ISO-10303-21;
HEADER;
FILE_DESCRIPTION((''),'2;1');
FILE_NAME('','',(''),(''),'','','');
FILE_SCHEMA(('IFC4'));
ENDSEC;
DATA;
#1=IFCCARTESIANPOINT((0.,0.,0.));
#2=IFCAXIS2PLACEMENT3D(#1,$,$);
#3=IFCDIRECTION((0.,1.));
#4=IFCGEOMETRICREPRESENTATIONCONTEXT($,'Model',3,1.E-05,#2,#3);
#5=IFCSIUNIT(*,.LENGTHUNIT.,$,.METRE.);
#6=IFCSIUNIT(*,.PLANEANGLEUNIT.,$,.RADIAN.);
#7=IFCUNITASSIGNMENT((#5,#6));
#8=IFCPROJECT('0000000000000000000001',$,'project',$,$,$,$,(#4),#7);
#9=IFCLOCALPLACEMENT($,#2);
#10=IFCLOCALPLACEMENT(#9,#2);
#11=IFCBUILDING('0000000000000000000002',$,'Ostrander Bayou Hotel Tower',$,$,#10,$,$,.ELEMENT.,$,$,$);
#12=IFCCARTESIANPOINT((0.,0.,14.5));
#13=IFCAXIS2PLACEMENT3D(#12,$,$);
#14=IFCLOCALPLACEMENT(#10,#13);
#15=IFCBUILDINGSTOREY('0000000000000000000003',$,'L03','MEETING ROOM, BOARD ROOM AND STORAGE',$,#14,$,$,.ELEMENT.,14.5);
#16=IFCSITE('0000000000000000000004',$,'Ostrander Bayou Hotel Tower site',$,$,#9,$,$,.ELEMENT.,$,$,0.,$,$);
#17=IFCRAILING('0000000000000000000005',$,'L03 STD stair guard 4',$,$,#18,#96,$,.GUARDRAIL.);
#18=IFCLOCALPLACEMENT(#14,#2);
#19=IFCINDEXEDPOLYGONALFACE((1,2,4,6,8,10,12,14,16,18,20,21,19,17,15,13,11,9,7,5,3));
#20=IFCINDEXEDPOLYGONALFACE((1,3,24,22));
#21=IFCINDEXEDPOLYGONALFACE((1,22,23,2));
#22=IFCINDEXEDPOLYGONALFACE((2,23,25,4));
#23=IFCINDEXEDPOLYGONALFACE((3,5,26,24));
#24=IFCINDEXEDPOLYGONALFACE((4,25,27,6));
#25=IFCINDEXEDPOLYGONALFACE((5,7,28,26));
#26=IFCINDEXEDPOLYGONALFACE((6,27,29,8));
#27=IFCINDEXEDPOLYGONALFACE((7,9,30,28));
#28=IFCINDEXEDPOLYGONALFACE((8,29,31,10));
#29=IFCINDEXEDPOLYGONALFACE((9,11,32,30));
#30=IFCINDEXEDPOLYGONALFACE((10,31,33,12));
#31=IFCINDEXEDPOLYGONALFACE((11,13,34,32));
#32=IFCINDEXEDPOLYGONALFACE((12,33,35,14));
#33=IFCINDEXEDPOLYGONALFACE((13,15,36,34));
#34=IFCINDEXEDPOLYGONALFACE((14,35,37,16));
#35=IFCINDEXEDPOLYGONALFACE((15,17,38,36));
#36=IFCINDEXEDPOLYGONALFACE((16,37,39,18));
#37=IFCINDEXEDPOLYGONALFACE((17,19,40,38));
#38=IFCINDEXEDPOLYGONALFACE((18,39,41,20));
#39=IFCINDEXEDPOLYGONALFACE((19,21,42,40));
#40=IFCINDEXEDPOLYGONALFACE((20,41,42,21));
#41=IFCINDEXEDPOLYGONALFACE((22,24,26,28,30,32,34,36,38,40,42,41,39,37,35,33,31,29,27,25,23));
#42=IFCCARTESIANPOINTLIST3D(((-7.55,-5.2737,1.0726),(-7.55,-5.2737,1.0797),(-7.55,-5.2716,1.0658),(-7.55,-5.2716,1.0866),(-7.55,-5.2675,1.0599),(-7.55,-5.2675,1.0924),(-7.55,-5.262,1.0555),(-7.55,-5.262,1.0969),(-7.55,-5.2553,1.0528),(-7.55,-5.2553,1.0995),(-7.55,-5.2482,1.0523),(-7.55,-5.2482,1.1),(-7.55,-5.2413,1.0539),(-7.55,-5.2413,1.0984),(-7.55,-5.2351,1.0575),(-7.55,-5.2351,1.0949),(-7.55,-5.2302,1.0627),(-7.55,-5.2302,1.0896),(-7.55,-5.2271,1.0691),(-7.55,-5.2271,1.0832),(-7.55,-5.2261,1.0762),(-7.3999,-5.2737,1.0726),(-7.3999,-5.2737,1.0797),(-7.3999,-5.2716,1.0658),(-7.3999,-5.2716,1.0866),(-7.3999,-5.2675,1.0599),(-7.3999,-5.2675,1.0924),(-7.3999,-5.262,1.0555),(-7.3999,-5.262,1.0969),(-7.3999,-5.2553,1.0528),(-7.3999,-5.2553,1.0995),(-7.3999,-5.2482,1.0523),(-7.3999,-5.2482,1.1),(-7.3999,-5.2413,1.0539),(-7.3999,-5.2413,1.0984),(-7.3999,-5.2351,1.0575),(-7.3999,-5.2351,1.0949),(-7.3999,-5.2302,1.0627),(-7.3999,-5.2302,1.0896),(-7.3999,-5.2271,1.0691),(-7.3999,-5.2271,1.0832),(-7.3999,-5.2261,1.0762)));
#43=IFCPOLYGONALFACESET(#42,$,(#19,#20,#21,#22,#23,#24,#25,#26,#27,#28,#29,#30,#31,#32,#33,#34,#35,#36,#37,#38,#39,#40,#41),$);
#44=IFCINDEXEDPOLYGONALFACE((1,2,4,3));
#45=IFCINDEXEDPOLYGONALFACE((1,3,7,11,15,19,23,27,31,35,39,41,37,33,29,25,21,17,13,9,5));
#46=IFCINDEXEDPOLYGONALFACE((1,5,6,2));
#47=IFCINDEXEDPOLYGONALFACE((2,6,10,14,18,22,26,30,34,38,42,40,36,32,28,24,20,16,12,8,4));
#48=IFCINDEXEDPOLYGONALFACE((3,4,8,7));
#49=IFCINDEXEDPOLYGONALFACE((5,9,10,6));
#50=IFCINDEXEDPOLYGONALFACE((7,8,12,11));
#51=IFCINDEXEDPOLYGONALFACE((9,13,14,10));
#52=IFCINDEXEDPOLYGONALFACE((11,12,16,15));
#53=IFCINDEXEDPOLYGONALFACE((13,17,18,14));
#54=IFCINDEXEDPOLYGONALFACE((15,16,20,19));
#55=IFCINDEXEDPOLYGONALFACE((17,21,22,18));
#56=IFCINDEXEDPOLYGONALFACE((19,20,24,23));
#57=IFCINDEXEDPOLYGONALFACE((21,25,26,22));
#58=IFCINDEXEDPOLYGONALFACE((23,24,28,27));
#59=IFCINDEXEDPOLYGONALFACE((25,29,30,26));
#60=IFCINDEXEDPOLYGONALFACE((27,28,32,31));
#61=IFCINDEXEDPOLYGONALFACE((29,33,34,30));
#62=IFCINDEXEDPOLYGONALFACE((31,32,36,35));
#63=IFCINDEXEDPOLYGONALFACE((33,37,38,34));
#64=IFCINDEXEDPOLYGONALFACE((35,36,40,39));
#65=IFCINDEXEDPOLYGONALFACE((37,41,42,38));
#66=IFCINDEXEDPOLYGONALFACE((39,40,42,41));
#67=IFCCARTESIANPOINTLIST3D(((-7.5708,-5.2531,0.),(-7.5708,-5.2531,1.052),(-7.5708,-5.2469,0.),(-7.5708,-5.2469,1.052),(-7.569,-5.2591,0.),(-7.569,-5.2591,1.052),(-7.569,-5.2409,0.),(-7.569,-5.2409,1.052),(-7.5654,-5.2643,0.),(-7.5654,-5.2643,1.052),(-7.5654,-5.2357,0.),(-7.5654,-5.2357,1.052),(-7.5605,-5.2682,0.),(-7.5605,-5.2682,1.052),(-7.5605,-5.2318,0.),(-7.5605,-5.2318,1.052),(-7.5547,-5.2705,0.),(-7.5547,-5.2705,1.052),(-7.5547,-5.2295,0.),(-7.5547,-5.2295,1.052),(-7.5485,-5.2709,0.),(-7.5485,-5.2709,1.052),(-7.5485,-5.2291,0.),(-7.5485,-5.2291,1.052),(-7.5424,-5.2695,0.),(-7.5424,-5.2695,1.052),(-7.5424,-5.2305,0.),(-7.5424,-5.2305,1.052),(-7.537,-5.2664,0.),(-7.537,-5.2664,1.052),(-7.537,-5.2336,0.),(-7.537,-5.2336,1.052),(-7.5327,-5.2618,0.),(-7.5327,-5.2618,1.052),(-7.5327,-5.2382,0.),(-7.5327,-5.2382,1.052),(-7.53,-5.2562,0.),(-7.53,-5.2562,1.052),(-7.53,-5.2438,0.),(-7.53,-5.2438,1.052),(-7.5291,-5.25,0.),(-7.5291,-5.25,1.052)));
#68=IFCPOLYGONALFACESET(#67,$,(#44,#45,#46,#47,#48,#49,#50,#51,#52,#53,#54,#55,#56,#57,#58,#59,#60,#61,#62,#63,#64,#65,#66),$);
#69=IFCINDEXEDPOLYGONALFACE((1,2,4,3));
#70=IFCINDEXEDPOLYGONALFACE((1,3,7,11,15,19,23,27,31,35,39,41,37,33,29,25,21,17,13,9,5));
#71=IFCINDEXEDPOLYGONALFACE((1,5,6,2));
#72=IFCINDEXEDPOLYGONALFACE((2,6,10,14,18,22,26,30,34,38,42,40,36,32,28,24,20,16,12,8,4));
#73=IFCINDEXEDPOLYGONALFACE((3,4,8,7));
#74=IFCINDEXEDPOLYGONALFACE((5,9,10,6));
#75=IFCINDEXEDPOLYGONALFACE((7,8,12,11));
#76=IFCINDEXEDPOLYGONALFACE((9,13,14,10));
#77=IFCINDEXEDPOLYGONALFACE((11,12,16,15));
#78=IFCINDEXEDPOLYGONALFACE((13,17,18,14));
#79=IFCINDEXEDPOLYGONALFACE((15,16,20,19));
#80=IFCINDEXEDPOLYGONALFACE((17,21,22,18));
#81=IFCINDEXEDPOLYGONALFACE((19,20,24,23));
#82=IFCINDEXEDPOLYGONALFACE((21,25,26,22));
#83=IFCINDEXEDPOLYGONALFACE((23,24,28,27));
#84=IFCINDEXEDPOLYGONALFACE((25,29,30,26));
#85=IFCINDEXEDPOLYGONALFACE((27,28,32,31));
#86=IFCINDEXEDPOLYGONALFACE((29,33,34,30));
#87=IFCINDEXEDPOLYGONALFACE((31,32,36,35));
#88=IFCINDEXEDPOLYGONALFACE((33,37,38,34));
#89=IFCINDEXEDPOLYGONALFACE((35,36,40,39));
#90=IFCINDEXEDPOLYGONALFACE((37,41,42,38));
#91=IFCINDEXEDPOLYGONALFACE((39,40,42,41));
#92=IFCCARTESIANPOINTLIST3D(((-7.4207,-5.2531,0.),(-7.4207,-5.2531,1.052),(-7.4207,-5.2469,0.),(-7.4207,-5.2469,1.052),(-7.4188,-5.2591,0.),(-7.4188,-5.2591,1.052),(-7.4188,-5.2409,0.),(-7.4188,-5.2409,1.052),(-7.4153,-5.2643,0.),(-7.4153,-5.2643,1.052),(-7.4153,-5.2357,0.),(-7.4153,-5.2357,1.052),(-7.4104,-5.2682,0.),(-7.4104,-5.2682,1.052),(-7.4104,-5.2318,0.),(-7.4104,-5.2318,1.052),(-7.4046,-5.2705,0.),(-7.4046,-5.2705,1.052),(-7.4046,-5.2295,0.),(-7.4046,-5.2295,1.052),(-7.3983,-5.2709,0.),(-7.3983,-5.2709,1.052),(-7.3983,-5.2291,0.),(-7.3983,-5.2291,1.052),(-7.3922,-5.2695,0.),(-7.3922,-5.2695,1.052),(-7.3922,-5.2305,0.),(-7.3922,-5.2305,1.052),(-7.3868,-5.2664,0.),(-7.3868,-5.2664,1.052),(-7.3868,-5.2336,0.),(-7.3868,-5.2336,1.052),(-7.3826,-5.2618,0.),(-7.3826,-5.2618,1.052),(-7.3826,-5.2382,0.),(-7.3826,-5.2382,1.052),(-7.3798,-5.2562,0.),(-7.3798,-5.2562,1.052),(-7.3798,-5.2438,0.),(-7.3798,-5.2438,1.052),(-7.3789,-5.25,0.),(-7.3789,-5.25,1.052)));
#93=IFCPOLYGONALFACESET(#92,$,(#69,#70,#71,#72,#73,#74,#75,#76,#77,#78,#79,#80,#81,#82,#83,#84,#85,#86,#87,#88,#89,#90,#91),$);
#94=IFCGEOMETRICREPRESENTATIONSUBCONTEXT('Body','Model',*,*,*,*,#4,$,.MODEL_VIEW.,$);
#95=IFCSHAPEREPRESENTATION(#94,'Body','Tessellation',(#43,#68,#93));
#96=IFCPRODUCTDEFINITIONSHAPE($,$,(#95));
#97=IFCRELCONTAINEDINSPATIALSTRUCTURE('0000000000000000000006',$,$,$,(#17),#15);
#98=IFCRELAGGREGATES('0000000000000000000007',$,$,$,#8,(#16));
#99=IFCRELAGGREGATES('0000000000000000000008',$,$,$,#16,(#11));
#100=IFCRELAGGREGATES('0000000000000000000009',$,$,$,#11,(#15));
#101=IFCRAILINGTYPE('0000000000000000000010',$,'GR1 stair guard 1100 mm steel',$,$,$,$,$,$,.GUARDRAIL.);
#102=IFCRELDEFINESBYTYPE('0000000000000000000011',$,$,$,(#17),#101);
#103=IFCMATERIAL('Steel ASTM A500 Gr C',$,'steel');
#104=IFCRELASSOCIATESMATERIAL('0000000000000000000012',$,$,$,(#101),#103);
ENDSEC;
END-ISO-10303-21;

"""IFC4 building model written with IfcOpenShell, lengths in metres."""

from ifc_helpers import new_model, si_unit, direction, frame, origin, origin_2d, place, context, subcontext, project, spatial, circle, extrude, material, type_object, element, save


model = new_model("IFC4")

# Units and contexts
model_context = context("Model", 3, precision=1e-05, world=origin(), true_north=direction((0.0, 1.0)))
body_context = subcontext(model_context, "Body", "Model", "MODEL_VIEW")
ifc_project = project(units=[si_unit("LENGTHUNIT", "METRE"), si_unit("PLANEANGLEUNIT", "RADIAN")], contexts=[model_context])

# Site, building, storey
site_placement = place(None, origin())
site = spatial("IfcSite", under=ifc_project, at=site_placement, Name="Ostrander Bayou Hotel Tower site", CompositionType="ELEMENT", RefElevation=0.0)
building_placement = place(site_placement, origin())
building = spatial("IfcBuilding", under=site, at=building_placement, Name="Ostrander Bayou Hotel Tower", CompositionType="ELEMENT")
storey_placement = place(building_placement, frame((0.0, 0.0, 14.5)))
storey = spatial("IfcBuildingStorey", under=building, at=storey_placement, Name="L03", Description="MEETING ROOM, BOARD ROOM AND STORAGE", CompositionType="ELEMENT", Elevation=14.5)

# Railing
ifc_material_1 = material(Name="Steel ASTM A500 Gr C", Category="steel")
railing_type = type_object("IfcRailingType", Name="GR1 stair guard 1100 mm steel", PredefinedType="GUARDRAIL", material=ifc_material_1)
railing_1_placement = place(storey_placement, frame((-7.55, -5.25, 0.0)))
element("IfcRailing", 1, at=railing_1_placement, inside=storey, type_object=railing_type, Name="L03 STD stair guard 4", PredefinedType="GUARDRAIL", context=body_context, shape_type="SweptSolid", body=[
    extrude(circle(Radius=0.0239, at=origin_2d()), frame((0.0, 0.0, 1.0762), z_axis=(1.0, 0.0, 0.0), x_axis=(0.0, 1.0, 0.0)), (0.0, 0.0, 1.0), 0.1501),
    extrude(circle(Radius=0.021, at=origin_2d()), origin(), (0.0, 0.0, 1.0), 1.052),
    extrude(circle(Radius=0.021, at=origin_2d()), frame((0.1501, 0.0, 0.0)), (0.0, 0.0, 1.0), 1.052),
])

save(model, "model.ifc")
